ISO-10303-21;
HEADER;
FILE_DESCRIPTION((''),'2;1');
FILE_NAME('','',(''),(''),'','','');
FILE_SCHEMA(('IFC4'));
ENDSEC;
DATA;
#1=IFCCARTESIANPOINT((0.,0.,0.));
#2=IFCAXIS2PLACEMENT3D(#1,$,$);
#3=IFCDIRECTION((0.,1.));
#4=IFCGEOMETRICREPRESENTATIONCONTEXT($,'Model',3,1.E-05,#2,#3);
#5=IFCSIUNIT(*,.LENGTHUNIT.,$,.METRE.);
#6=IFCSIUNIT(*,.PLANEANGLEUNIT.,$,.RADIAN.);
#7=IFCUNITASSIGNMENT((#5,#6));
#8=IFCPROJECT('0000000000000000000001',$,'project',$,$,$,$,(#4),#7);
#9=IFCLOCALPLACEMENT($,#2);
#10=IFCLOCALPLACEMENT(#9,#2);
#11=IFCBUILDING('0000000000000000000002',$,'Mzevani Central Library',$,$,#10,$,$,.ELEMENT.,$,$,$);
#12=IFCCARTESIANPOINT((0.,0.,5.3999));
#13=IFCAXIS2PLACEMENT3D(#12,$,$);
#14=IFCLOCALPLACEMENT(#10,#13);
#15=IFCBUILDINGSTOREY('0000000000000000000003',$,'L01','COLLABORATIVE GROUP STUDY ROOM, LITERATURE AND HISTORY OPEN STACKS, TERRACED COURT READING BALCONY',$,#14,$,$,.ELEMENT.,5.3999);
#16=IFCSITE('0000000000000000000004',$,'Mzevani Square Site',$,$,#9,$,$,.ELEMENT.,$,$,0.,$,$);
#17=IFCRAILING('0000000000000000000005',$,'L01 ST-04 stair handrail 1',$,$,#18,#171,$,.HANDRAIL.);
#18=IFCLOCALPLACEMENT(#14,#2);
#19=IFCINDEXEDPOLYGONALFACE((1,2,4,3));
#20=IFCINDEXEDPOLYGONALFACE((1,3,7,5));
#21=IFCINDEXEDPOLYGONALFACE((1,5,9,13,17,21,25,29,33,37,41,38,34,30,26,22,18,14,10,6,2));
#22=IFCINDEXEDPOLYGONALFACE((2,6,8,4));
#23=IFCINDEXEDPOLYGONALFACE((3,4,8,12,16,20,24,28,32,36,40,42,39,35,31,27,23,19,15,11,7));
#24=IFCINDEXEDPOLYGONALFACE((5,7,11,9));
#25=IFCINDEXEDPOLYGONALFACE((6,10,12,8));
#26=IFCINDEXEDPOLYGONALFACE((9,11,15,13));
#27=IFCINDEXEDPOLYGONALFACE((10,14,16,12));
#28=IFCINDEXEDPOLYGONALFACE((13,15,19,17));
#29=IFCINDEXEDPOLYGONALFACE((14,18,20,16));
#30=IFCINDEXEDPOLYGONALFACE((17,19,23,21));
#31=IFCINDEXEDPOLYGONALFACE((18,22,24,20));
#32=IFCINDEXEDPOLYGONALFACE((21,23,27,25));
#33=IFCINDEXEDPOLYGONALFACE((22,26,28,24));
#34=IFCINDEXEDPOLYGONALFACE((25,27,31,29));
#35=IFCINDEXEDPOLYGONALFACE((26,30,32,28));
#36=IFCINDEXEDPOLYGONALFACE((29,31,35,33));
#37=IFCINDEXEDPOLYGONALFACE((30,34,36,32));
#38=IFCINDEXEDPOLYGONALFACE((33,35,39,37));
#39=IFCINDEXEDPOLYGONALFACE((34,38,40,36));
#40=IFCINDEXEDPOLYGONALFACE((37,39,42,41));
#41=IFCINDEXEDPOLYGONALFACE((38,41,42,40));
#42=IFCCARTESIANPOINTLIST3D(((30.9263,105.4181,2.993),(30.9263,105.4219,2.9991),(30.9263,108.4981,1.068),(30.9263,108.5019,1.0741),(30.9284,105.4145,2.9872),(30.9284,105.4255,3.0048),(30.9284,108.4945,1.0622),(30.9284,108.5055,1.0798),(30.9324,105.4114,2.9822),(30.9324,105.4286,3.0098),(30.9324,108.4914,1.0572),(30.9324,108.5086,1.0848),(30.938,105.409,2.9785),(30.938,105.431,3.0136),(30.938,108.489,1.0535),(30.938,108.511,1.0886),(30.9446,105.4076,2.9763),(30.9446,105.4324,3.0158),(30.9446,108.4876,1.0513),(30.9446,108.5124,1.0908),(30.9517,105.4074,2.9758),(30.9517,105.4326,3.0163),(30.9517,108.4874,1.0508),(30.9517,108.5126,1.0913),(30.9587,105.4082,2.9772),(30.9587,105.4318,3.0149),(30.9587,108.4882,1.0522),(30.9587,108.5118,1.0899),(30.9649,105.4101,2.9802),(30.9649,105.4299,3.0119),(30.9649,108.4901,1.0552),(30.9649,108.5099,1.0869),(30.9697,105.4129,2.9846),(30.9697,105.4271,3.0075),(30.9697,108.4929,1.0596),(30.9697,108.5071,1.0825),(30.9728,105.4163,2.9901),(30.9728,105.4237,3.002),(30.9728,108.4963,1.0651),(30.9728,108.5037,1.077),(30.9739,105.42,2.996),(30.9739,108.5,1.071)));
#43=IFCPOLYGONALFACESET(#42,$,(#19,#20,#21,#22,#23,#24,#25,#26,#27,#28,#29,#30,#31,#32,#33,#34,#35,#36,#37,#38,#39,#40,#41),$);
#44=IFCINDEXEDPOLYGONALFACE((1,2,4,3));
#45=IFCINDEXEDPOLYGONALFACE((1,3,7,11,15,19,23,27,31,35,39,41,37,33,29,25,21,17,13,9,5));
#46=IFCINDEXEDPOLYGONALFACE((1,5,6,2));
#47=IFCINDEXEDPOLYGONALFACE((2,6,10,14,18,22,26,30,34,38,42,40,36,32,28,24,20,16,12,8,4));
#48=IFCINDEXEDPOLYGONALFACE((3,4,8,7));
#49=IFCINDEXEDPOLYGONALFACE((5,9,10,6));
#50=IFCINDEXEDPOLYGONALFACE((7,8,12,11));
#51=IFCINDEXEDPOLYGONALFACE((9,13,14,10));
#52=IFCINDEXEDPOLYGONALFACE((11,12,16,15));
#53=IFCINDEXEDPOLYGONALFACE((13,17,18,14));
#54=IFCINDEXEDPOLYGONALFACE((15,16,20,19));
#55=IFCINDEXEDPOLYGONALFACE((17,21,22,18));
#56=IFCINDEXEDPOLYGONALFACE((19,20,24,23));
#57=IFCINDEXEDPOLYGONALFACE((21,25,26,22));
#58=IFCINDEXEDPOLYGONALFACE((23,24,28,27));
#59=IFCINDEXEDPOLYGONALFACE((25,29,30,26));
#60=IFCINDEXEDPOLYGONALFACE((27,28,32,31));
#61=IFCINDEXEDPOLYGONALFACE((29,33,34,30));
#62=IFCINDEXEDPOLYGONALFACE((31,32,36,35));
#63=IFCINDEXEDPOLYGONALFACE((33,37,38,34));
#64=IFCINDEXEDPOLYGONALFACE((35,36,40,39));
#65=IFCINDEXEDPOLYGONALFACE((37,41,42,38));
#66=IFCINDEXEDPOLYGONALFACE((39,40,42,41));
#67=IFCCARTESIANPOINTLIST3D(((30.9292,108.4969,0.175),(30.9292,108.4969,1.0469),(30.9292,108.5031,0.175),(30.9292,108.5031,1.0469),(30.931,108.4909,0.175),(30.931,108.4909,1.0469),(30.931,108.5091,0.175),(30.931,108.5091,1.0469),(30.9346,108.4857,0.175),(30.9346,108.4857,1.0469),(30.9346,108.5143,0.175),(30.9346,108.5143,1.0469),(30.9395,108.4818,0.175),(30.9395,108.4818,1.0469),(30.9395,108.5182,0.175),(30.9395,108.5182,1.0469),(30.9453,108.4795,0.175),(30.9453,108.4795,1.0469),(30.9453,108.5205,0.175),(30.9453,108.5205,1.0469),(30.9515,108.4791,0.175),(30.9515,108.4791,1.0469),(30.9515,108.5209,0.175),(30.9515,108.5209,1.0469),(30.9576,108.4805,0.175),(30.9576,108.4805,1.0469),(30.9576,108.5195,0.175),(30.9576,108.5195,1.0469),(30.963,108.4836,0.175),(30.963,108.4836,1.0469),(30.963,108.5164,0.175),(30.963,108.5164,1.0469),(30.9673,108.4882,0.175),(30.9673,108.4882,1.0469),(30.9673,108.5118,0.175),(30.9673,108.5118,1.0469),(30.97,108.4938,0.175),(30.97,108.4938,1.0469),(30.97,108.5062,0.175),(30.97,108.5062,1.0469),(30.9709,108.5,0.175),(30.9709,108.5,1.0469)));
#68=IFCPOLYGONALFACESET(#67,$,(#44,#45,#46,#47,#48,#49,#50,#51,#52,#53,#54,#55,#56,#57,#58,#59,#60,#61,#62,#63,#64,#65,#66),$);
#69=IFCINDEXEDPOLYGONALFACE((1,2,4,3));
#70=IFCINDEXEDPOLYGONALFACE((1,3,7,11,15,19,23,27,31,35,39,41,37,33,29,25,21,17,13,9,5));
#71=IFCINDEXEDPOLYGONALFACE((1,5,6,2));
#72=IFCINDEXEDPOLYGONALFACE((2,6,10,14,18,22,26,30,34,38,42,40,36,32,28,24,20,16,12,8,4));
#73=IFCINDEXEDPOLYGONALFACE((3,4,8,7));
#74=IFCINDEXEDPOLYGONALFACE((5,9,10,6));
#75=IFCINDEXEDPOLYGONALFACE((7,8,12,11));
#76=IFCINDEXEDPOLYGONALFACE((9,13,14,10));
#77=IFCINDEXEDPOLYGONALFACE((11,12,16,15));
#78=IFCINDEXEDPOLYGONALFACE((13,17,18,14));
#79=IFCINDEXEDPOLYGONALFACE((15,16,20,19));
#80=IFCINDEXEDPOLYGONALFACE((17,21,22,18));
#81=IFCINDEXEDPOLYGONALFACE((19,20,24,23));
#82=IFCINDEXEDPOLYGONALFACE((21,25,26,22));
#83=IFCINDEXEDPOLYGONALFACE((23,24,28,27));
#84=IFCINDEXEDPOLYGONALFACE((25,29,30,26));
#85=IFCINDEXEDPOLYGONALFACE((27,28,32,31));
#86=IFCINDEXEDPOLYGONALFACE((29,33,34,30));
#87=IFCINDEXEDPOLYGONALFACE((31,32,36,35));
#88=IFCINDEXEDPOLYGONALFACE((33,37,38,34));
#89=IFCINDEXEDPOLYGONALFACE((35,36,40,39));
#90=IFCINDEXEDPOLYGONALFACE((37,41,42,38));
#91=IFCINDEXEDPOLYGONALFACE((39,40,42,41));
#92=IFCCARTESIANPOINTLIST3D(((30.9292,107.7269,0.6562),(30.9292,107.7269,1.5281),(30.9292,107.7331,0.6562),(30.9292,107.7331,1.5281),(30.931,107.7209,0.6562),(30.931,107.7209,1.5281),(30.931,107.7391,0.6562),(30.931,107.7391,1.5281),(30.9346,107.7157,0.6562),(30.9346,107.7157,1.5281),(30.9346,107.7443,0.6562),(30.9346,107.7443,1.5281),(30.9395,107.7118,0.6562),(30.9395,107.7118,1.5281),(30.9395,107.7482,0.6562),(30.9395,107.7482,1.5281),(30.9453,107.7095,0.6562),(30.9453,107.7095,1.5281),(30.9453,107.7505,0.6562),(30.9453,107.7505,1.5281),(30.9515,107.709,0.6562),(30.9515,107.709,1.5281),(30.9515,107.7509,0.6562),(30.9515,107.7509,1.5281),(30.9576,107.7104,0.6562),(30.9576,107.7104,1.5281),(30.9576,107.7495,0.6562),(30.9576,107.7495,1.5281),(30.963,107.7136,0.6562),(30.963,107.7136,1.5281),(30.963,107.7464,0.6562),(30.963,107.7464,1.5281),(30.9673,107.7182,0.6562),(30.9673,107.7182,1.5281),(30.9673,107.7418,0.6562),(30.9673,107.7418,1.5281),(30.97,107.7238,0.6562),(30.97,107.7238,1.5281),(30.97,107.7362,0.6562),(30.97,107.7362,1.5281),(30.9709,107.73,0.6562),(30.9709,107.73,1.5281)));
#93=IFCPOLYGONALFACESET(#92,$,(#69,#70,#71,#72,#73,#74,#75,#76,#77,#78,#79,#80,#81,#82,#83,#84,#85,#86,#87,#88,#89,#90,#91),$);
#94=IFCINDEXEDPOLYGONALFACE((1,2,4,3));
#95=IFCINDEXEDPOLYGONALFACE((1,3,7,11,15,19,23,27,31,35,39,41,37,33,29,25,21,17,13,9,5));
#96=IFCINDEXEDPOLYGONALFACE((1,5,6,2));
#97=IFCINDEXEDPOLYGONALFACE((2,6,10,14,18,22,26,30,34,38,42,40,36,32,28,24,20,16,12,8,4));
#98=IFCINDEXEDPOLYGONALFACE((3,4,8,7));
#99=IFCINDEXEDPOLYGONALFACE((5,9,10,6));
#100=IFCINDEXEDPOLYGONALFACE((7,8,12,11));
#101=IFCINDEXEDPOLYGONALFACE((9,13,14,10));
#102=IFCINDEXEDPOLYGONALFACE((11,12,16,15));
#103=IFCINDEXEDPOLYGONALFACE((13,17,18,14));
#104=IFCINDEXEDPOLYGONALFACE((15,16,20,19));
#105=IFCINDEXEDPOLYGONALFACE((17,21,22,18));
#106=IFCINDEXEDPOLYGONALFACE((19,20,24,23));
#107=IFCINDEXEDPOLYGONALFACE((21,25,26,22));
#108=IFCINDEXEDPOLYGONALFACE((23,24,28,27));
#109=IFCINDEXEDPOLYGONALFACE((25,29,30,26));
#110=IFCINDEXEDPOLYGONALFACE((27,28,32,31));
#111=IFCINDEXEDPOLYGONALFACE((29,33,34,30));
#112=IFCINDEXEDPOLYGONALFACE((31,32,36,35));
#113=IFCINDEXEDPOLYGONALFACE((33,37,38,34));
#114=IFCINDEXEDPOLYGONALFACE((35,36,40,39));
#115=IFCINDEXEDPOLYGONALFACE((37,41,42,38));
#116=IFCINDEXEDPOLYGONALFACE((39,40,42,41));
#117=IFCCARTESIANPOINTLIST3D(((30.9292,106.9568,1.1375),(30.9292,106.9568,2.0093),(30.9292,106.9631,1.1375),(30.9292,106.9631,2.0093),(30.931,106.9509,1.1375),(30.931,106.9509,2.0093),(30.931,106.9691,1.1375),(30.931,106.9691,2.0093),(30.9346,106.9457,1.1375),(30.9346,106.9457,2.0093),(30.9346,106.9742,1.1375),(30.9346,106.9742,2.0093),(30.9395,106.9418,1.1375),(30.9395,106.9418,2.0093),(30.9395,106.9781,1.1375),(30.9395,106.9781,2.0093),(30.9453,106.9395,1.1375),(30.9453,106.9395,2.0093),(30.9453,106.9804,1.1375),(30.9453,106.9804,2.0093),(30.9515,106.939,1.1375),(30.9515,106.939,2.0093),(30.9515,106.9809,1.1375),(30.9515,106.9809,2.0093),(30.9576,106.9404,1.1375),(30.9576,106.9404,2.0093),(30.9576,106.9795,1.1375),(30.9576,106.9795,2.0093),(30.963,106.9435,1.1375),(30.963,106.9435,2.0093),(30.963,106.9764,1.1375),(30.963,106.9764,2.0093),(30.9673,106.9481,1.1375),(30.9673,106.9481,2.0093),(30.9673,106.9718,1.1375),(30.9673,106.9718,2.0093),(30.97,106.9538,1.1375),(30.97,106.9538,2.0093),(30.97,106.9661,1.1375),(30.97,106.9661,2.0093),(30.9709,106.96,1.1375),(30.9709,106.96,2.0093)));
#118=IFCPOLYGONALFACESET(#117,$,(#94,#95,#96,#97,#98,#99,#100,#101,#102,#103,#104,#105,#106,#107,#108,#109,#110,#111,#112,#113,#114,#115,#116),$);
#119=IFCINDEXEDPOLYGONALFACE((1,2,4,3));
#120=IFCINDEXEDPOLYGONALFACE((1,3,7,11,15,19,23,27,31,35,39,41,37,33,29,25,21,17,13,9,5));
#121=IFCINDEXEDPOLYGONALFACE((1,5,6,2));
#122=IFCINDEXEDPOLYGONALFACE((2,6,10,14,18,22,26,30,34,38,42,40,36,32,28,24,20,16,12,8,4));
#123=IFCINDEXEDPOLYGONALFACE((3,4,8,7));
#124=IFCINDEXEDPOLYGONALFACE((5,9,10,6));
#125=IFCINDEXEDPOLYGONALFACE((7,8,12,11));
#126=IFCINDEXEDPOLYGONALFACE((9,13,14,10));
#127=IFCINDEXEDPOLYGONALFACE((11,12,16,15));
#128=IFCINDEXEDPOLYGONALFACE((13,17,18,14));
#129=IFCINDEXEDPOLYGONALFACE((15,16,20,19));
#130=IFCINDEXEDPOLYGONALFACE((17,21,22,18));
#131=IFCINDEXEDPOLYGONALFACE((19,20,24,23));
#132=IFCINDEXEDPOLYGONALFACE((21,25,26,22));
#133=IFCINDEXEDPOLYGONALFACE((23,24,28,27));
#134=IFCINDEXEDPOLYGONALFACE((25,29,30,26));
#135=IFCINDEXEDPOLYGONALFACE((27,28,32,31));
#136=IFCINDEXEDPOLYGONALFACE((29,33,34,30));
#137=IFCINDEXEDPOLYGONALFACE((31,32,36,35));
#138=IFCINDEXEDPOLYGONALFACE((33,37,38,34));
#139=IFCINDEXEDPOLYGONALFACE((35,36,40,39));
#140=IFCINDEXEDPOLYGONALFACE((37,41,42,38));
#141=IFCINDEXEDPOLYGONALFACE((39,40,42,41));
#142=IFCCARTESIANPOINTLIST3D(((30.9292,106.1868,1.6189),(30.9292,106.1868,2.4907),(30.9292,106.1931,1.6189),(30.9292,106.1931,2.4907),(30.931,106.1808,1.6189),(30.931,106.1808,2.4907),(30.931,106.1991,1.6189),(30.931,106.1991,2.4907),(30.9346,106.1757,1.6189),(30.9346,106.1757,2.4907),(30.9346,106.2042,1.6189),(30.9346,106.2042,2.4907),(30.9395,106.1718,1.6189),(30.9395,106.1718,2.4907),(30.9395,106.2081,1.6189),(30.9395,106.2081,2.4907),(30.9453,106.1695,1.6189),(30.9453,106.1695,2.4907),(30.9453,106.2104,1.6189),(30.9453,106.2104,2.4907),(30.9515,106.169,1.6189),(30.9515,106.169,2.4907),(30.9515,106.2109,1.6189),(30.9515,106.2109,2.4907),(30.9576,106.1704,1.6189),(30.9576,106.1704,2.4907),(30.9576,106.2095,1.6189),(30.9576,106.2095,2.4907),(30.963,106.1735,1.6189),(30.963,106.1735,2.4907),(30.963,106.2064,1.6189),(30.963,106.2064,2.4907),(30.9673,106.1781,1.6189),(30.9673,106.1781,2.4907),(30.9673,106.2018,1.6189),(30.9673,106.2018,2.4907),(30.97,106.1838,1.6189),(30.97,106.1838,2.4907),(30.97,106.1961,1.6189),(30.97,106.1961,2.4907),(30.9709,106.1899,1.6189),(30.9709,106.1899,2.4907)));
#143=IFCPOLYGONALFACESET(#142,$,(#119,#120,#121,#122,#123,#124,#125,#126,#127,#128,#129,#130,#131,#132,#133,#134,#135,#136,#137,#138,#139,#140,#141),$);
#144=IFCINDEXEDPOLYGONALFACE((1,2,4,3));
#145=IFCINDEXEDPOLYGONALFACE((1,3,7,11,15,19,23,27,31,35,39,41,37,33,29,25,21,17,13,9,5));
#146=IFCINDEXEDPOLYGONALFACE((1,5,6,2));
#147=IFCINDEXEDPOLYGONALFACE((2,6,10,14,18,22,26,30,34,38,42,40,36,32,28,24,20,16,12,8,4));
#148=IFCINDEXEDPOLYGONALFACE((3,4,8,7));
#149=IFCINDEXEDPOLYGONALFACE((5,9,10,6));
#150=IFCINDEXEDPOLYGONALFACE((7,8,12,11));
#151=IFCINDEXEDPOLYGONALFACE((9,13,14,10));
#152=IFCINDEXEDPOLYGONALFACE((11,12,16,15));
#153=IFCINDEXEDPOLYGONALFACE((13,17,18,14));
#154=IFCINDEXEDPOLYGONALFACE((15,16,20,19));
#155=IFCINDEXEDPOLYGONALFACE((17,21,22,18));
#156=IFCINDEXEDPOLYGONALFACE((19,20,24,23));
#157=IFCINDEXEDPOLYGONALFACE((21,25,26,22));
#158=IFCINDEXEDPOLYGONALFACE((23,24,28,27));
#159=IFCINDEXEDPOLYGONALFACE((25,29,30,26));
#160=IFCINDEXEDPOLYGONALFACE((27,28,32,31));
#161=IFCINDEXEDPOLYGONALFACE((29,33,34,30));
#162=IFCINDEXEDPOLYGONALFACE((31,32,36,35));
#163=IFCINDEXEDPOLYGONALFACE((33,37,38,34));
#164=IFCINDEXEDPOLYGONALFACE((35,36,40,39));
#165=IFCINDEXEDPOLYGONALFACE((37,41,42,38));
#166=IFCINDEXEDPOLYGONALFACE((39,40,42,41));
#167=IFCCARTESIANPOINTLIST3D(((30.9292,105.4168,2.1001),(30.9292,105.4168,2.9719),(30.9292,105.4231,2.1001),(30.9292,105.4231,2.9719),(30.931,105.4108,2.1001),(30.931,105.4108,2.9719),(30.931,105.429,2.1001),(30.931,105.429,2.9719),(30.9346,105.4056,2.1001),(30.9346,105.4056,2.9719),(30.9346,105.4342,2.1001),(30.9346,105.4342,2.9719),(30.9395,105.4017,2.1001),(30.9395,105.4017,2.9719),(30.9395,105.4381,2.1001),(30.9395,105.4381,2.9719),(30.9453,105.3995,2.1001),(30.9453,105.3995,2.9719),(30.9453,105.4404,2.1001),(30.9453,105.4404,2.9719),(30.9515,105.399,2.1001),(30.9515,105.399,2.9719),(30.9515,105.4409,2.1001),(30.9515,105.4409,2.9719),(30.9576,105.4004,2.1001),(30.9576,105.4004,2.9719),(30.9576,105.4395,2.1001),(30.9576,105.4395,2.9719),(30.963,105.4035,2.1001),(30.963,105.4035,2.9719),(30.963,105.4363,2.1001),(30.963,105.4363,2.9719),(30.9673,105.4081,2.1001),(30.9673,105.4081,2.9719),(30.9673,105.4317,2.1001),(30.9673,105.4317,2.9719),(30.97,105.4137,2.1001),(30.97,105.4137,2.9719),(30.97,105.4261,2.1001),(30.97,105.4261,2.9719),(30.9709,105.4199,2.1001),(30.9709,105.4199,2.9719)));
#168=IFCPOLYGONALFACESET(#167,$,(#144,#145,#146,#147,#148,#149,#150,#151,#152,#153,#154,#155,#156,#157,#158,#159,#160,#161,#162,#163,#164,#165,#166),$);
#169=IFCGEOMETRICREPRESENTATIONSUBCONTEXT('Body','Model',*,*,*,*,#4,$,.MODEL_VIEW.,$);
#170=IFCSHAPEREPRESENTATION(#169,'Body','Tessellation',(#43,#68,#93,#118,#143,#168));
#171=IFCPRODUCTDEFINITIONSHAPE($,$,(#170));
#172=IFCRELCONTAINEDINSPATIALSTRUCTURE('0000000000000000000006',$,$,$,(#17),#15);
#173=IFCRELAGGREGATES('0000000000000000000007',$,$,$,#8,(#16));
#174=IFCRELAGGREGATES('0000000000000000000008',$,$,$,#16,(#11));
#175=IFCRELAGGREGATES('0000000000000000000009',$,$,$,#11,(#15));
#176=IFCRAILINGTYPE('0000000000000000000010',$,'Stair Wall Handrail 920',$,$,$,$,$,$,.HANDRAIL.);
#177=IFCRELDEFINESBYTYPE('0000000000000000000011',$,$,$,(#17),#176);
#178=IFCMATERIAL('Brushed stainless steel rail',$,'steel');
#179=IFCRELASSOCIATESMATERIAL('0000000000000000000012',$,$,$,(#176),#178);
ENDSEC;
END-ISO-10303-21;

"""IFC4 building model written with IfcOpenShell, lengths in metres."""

from ifc_helpers import new_model, si_unit, direction, frame, origin, origin_2d, place, context, subcontext, project, spatial, circle, extrude, material, type_object, element, save


model = new_model("IFC4")

# Units and contexts
model_context = context("Model", 3, precision=1e-05, world=origin(), true_north=direction((0.0, 1.0)))
body_context = subcontext(model_context, "Body", "Model", "MODEL_VIEW")
ifc_project = project(units=[si_unit("LENGTHUNIT", "METRE"), si_unit("PLANEANGLEUNIT", "RADIAN")], contexts=[model_context])

# Site, building, storey
site_placement = place(None, origin())
site = spatial("IfcSite", under=ifc_project, at=site_placement, Name="Mzevani Square Site", CompositionType="ELEMENT", RefElevation=0.0)
building_placement = place(site_placement, origin())
building = spatial("IfcBuilding", under=site, at=building_placement, Name="Mzevani Central Library", CompositionType="ELEMENT")
storey_placement = place(building_placement, frame((0.0, 0.0, 5.3999)))
storey = spatial("IfcBuildingStorey", under=building, at=storey_placement, Name="L01", Description="COLLABORATIVE GROUP STUDY ROOM, LITERATURE AND HISTORY OPEN STACKS, TERRACED COURT READING BALCONY", CompositionType="ELEMENT", Elevation=5.3999)

# Shared definitions
ifc_material_1 = material(Name="Brushed stainless steel rail", Category="steel")

# Railing
railing_type_1 = type_object("IfcRailingType", Name="Stair Wall Handrail 920", PredefinedType="HANDRAIL", material=ifc_material_1)
railing_1_placement = place(storey_placement, frame((30.95, 108.5, 0.175)))
element("IfcRailing", 1, at=railing_1_placement, inside=storey, type_object=railing_type_1, Name="L01 ST-04 stair handrail 1", PredefinedType="HANDRAIL", context=body_context, shape_type="SweptSolid", body=[
    extrude(circle(Radius=0.0239, at=origin_2d()), frame((0.0, 0.0, 0.896), z_axis=(0.0, -0.847998, 0.529999), x_axis=(1.0, 0.0, 0.0)), (0.0, 0.0, 1.0), 3.6321),
    extrude(circle(Radius=0.021, at=origin_2d()), origin(), (0.0, 0.0, 1.0), 0.8718),
    extrude(circle(Radius=0.021, at=origin_2d()), frame((0.0, -0.77, 0.4812)), (0.0, 0.0, 1.0), 0.8718),
    extrude(circle(Radius=0.021, at=origin_2d()), frame((0.0, -1.54, 0.9624)), (0.0, 0.0, 1.0), 0.8718),
    extrude(circle(Radius=0.021, at=origin_2d()), frame((0.0, -2.3101, 1.4438)), (0.0, 0.0, 1.0), 0.8718),
    extrude(circle(Radius=0.021, at=origin_2d()), frame((0.0, -3.0801, 1.925)), (0.0, 0.0, 1.0), 0.8718),
])

save(model, "model.ifc")
